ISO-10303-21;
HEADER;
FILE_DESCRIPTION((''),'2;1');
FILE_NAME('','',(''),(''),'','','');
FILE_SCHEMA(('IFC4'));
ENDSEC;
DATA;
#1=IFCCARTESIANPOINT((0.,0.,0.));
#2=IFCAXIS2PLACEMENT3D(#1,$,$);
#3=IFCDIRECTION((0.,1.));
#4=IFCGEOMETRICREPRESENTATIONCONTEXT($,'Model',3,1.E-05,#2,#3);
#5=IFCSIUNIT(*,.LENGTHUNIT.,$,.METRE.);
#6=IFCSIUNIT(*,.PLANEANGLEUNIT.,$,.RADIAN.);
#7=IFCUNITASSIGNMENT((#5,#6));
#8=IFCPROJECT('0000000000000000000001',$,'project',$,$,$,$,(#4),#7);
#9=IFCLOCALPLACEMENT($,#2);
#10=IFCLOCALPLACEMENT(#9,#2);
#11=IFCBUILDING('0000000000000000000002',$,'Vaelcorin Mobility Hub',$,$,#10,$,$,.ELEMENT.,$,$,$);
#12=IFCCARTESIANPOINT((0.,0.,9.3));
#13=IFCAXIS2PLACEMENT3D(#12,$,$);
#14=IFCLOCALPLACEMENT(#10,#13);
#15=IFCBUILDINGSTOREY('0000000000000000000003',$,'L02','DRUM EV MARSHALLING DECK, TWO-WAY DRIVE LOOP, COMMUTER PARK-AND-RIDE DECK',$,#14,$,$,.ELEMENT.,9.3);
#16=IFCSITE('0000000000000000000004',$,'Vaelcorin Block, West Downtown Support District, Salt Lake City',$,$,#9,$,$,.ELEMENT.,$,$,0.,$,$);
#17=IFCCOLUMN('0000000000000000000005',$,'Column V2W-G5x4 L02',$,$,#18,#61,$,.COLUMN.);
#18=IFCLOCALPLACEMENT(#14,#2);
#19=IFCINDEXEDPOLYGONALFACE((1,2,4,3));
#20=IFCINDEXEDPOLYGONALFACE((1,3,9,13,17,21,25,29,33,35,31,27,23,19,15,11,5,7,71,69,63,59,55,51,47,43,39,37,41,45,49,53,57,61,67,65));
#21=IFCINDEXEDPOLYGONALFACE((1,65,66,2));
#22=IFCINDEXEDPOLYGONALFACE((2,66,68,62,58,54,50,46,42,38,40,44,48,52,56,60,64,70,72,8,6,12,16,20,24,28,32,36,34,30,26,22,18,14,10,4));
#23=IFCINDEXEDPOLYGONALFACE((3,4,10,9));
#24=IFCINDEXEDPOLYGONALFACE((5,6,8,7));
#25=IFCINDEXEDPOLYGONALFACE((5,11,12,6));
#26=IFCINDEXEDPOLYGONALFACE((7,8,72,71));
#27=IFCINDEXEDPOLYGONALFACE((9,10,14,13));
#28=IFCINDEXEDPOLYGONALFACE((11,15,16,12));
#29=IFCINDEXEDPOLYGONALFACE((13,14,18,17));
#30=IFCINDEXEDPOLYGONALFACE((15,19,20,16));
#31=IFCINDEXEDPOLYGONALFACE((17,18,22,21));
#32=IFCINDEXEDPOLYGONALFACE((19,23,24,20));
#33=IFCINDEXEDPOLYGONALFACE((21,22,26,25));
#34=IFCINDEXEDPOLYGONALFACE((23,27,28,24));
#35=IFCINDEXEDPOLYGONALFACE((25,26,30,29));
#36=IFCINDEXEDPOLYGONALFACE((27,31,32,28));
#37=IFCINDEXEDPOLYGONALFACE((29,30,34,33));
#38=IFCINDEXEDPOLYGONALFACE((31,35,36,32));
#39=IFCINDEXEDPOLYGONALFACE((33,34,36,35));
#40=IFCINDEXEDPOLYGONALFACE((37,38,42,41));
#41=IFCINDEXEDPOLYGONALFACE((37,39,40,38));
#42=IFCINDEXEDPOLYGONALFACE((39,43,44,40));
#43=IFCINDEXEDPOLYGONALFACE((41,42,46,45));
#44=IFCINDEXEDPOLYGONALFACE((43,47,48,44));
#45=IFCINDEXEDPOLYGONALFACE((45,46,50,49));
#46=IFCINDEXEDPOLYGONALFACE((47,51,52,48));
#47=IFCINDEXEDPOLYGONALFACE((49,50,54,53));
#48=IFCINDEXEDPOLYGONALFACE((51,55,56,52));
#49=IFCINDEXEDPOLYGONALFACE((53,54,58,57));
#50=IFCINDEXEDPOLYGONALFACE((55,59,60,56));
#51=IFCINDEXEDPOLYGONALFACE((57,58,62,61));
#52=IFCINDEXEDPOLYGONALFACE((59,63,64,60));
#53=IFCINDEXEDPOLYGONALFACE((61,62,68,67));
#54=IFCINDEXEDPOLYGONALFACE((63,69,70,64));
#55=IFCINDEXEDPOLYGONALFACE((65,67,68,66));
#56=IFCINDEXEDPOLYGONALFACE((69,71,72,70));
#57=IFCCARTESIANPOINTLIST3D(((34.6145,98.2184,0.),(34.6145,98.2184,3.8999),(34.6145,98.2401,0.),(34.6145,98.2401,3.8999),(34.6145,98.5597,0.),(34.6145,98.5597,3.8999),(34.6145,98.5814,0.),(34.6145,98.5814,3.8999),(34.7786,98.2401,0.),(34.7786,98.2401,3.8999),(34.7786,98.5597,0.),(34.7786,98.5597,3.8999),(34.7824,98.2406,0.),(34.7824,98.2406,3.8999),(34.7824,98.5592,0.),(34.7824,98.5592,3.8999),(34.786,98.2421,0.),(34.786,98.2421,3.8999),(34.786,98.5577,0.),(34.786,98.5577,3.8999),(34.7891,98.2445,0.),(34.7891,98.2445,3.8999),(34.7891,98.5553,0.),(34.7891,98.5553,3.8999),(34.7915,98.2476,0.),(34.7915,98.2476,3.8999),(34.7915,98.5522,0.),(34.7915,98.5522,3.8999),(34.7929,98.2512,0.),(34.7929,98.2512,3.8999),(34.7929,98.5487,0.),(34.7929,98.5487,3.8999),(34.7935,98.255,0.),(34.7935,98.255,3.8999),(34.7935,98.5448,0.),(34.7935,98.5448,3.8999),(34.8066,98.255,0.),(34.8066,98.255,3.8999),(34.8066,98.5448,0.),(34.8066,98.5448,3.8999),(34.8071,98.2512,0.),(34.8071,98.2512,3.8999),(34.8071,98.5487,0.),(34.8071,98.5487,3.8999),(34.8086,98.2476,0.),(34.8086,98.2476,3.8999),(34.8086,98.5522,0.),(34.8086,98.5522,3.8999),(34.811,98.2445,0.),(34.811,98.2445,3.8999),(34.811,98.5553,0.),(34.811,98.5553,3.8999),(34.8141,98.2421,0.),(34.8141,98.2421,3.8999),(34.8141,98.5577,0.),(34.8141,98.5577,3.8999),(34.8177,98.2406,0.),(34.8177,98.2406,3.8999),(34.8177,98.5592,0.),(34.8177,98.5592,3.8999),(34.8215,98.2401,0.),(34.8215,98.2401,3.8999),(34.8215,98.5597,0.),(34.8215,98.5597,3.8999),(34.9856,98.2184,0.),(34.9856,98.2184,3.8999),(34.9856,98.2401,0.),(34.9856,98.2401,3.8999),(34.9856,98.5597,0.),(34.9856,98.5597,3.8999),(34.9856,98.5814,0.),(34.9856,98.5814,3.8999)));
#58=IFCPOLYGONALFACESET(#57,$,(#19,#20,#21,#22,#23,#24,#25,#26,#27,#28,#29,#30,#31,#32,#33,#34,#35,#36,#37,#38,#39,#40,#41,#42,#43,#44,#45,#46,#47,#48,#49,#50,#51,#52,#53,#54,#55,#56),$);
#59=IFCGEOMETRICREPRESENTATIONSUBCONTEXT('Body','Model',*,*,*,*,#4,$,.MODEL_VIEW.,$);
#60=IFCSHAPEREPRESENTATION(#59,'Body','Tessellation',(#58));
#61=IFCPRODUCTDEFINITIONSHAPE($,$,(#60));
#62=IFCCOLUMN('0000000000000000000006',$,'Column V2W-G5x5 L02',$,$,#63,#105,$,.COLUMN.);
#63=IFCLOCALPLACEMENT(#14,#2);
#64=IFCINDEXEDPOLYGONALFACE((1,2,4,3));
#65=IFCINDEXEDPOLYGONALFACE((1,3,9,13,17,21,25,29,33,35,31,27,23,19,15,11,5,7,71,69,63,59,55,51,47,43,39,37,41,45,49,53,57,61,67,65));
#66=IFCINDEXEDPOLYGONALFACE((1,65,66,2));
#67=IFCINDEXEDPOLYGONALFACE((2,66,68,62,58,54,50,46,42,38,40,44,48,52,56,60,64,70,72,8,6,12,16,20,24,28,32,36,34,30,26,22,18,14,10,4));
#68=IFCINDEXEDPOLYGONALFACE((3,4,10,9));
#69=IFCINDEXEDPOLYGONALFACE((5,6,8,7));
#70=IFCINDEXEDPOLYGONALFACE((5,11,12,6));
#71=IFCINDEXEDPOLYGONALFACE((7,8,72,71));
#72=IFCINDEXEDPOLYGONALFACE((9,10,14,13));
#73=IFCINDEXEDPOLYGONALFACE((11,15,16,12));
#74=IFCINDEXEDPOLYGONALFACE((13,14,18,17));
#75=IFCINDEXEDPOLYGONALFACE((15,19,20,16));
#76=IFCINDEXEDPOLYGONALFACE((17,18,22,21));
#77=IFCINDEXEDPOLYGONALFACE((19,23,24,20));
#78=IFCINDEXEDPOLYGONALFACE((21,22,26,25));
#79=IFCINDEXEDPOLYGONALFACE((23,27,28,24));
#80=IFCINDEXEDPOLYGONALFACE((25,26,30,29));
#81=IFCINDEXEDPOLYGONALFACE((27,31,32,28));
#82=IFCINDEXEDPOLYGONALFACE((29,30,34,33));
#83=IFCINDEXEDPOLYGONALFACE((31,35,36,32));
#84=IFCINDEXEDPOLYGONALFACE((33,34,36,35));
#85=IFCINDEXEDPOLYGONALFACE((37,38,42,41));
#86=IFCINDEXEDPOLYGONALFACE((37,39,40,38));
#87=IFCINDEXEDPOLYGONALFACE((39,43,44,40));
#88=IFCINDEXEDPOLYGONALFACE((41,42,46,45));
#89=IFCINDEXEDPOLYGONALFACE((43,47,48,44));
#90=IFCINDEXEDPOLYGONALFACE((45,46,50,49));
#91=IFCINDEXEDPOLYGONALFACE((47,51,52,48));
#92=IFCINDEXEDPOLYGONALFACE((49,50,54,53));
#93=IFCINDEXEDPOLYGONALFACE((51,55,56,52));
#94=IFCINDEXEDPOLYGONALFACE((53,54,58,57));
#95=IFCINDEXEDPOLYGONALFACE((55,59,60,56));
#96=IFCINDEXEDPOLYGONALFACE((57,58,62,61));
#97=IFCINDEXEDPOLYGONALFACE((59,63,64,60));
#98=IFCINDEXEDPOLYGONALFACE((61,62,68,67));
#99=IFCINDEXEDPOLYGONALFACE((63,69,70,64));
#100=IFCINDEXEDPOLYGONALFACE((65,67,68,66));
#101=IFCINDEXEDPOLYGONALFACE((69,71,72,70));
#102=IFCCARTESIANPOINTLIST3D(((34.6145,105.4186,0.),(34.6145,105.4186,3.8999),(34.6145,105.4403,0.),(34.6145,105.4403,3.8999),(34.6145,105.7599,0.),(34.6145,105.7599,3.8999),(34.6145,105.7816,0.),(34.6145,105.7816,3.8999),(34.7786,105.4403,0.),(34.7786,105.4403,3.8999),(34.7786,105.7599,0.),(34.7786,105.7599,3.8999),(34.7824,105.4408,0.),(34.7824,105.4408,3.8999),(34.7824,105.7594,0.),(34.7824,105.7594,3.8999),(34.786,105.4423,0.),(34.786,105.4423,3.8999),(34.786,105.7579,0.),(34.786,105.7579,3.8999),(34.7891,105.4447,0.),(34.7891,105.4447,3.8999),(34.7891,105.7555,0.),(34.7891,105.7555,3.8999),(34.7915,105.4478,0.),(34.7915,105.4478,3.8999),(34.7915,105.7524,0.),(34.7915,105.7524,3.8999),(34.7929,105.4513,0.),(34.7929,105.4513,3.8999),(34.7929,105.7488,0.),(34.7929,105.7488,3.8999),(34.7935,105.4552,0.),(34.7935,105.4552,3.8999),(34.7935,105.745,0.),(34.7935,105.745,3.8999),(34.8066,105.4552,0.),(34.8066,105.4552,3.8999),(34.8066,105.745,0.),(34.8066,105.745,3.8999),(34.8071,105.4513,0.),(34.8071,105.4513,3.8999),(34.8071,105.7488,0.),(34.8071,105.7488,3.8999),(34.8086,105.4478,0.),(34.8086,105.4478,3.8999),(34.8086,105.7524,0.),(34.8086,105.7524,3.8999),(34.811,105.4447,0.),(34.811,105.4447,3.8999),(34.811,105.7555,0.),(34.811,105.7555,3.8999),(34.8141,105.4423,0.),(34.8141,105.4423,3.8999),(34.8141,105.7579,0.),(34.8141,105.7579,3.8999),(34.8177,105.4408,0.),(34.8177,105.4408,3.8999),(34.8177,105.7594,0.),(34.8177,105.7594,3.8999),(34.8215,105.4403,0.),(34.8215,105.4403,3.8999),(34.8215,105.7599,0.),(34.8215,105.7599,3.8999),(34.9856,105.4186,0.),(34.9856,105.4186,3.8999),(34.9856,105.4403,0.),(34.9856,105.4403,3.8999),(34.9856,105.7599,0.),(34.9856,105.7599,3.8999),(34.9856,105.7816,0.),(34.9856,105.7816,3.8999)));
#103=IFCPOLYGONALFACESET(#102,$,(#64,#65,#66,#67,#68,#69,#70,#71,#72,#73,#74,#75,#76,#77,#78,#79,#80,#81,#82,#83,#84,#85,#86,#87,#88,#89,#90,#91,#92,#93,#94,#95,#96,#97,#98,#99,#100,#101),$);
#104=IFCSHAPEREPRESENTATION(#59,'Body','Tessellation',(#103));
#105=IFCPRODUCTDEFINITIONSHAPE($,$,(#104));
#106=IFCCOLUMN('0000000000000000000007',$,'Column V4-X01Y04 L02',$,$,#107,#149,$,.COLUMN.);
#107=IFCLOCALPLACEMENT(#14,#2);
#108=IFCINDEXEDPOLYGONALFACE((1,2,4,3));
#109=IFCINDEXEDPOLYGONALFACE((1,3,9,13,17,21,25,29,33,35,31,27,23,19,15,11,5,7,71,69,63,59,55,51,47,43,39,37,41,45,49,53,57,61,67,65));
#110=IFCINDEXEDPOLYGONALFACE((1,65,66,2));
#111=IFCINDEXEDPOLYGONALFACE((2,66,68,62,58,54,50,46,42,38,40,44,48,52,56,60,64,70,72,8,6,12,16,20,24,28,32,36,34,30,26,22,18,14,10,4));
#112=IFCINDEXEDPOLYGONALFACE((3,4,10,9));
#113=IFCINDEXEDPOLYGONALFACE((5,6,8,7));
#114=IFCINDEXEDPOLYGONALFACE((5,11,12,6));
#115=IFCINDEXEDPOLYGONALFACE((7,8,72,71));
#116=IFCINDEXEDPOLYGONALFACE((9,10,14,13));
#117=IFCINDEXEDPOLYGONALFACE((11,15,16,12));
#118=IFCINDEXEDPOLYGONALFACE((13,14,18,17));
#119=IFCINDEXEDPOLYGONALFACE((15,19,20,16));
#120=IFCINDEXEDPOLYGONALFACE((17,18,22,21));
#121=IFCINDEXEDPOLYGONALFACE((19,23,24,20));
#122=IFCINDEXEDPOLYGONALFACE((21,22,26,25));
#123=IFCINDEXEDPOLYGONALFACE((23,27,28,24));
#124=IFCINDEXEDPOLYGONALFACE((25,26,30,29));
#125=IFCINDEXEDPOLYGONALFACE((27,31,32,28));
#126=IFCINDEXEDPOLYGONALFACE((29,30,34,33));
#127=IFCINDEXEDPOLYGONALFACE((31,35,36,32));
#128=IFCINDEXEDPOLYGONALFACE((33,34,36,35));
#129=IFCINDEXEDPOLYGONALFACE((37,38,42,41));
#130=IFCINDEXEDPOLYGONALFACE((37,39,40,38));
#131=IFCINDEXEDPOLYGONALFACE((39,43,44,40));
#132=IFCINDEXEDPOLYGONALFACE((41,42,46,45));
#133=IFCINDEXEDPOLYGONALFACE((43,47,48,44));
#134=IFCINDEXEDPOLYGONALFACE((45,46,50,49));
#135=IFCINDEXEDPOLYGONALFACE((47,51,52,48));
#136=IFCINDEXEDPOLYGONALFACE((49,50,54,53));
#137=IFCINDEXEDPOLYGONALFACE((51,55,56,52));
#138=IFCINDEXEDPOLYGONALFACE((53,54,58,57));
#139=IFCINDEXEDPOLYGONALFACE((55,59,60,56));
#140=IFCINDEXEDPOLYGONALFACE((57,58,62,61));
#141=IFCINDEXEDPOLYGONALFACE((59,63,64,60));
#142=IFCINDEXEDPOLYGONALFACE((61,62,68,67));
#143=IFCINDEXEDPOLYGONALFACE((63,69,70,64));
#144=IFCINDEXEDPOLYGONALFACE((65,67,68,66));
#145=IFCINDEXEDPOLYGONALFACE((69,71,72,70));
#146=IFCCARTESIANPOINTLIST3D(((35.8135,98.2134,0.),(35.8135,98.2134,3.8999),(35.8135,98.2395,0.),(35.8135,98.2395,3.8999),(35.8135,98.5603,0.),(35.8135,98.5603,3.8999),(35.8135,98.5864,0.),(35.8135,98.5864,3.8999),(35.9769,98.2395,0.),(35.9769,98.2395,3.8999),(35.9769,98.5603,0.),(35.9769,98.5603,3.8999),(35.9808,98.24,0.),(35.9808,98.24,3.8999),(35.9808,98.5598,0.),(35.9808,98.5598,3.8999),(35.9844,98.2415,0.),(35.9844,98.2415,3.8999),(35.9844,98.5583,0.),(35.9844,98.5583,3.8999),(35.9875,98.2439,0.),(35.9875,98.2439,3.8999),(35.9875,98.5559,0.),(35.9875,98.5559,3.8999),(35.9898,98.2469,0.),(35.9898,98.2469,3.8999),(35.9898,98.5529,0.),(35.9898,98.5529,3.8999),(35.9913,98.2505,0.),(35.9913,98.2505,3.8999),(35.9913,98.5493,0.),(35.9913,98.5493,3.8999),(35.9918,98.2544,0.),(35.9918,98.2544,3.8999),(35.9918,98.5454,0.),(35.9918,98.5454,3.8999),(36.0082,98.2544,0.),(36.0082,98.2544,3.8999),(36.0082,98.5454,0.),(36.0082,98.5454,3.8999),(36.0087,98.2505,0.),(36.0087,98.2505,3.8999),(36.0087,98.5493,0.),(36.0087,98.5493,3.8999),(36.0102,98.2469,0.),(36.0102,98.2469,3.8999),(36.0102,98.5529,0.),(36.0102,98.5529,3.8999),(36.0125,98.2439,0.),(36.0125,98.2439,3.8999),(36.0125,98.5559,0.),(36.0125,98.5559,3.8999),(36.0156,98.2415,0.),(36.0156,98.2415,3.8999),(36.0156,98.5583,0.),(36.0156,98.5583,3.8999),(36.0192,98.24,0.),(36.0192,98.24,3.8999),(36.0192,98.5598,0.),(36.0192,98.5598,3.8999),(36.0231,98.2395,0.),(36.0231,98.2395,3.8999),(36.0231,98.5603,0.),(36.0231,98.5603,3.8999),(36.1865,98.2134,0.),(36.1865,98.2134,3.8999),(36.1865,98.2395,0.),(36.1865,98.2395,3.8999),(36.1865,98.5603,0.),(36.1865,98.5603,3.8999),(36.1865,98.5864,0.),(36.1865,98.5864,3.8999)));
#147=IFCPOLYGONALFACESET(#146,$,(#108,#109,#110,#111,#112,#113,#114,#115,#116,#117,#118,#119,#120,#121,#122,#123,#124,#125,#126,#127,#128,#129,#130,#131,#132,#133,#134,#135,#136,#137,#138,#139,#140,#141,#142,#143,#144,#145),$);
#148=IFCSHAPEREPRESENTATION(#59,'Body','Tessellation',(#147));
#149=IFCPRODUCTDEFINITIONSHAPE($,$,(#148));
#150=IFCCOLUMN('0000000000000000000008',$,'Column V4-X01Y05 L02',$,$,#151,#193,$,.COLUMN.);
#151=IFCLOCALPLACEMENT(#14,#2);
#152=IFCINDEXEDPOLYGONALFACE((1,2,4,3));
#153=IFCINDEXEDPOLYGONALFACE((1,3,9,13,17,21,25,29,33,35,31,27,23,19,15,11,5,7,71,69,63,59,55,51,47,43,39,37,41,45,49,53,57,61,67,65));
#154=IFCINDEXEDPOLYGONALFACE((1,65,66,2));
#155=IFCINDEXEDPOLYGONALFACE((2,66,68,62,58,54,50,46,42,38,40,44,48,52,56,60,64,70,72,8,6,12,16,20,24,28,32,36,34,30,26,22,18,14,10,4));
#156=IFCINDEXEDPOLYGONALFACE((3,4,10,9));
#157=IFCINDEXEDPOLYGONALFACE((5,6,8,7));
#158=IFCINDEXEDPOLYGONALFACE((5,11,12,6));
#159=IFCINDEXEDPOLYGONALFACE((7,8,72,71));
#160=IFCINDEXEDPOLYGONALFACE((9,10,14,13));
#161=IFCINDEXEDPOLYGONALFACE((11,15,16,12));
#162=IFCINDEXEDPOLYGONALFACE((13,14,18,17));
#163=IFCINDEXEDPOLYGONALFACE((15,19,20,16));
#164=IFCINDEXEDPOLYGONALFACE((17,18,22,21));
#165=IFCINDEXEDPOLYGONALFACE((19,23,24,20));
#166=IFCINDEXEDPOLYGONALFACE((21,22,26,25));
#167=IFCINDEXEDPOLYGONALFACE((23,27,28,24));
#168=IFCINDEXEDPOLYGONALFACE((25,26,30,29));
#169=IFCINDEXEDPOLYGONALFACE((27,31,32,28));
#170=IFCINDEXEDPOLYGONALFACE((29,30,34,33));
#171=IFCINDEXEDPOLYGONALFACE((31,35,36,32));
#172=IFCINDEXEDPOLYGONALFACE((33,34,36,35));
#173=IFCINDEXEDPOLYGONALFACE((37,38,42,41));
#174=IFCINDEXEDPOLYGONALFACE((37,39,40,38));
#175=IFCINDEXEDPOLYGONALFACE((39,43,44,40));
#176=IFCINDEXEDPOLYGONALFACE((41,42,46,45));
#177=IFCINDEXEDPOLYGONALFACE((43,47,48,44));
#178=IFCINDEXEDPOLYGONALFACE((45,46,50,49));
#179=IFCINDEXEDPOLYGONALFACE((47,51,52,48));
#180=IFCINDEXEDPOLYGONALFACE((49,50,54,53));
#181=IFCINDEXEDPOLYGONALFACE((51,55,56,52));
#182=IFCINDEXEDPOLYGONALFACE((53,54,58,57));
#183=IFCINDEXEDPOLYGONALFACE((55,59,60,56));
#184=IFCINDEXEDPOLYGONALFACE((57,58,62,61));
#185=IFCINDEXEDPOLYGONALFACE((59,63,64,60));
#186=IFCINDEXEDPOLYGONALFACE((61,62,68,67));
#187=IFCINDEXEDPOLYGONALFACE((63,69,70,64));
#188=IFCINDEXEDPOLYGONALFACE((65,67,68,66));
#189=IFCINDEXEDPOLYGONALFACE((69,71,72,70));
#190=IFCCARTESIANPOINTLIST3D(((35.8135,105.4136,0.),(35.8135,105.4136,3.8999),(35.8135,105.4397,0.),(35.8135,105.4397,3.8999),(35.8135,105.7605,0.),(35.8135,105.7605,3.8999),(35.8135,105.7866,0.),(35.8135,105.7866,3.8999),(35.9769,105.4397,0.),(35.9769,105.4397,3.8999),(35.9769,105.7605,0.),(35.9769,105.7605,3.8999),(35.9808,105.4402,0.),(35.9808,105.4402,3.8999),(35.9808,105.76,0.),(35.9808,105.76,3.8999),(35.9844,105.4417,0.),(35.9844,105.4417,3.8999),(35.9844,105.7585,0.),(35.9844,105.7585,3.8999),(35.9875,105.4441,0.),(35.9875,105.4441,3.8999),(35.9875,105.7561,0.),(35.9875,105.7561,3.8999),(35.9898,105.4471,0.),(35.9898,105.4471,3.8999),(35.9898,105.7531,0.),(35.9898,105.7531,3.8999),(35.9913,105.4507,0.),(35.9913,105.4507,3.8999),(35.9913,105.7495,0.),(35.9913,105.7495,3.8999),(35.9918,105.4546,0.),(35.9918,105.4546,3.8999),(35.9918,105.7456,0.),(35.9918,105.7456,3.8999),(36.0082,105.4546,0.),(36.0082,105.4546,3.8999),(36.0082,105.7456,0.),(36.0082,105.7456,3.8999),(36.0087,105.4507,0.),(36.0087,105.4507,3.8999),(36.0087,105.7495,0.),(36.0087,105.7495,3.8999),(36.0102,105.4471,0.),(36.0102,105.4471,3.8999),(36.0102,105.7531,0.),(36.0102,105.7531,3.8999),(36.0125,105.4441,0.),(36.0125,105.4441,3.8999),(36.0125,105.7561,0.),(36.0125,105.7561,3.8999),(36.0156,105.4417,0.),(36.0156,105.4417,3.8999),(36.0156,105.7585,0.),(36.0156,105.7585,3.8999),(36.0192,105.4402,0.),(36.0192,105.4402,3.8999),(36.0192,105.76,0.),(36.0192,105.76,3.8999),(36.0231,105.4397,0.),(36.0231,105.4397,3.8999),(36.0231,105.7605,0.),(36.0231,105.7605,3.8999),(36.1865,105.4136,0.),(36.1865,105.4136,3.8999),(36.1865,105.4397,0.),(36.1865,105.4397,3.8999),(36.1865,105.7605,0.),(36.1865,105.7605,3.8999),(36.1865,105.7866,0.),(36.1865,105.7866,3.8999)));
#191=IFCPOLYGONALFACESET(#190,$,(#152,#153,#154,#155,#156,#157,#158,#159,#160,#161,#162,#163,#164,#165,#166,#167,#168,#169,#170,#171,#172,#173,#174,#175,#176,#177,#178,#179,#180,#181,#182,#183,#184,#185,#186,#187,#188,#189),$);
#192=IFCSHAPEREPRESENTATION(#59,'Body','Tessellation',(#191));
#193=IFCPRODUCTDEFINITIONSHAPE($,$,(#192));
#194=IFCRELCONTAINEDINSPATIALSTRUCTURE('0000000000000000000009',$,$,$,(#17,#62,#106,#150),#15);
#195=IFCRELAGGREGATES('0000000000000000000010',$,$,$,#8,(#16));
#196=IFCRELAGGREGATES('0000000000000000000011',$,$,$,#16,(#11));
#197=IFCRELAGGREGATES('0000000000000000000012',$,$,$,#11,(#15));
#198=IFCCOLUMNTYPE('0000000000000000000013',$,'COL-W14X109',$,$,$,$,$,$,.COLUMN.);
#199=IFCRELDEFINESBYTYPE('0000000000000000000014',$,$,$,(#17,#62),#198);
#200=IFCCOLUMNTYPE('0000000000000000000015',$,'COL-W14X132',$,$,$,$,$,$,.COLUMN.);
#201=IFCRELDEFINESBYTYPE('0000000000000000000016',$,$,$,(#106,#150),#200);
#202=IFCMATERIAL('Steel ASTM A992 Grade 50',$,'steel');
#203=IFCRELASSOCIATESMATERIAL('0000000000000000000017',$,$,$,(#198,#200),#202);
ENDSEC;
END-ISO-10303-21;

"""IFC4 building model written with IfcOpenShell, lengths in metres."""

from ifc_helpers import new_model, si_unit, direction, frame, origin, origin_2d, place, context, subcontext, project, spatial, i_section, extrude, material, material_profile, profile_set, type_object, element, save


model = new_model("IFC4")

# Units and contexts
model_context = context("Model", 3, precision=1e-05, world=origin(), true_north=direction((0.0, 1.0)))
body_context = subcontext(model_context, "Body", "Model", "MODEL_VIEW")
ifc_project = project(units=[si_unit("LENGTHUNIT", "METRE"), si_unit("PLANEANGLEUNIT", "RADIAN")], contexts=[model_context])

# Site, building, storey
site_placement = place(None, origin())
site = spatial("IfcSite", under=ifc_project, at=site_placement, Name="Vaelcorin Block, West Downtown Support District, Salt Lake City", CompositionType="ELEMENT", RefElevation=0.0)
building_placement = place(site_placement, origin())
building = spatial("IfcBuilding", under=site, at=building_placement, Name="Vaelcorin Mobility Hub", CompositionType="ELEMENT")
storey_placement = place(building_placement, frame((0.0, 0.0, 9.3)))
storey = spatial("IfcBuildingStorey", under=building, at=storey_placement, Name="L02", Description="DRUM EV MARSHALLING DECK, TWO-WAY DRIVE LOOP, COMMUTER PARK-AND-RIDE DECK", CompositionType="ELEMENT", Elevation=9.3)

# Columns
ifc_material_1 = material(Name="Steel ASTM A992 Grade 50", Category="steel")
ifc_material_profile_1 = material_profile(ifc_material_1, i_section(OverallWidth=0.3711, OverallDepth=0.363, WebThickness=0.0132, FlangeThickness=0.0217, FilletRadius=0.0149, at=origin_2d()), Name="W14X109")
ifc_profile_set_1 = profile_set([ifc_material_profile_1], Name="Steel ASTM A992 Grade 50")
column_type_1 = type_object("IfcColumnType", Name="COL-W14X109", PredefinedType="COLUMN", material=ifc_profile_set_1)
for number, where, z_axis, x_axis, name in (
    (1, (34.8, 98.3999, 0.0), (0.0, 0.0, 1.0), (1.0, 0.0, 0.0), "Column V2W-G5x4 L02"),
    (2, (34.8, 105.6001, 0.0), (0.0, 0.0, 1.0), (1.0, 0.0, 0.0), "Column V2W-G5x5 L02"),
):
    element("IfcColumn", number, at=place(storey_placement, frame(where, z_axis=z_axis, x_axis=x_axis)), inside=storey, type_object=column_type_1, Name=name, PredefinedType="COLUMN", context=body_context, shape_type="SweptSolid", body=[
        extrude(i_section(OverallWidth=0.3711, OverallDepth=0.363, WebThickness=0.0132, FlangeThickness=0.0217, FilletRadius=0.0149, at=origin_2d()), origin(), (0.0, 0.0, 1.0), 3.8999),
    ])
ifc_material_profile_2 = material_profile(ifc_material_1, i_section(OverallWidth=0.373, OverallDepth=0.373, WebThickness=0.0164, FlangeThickness=0.0261, FilletRadius=0.0149, at=origin_2d()), Name="W14X132")
ifc_profile_set_2 = profile_set([ifc_material_profile_2], Name="Steel ASTM A992 Grade 50")
column_type_2 = type_object("IfcColumnType", Name="COL-W14X132", PredefinedType="COLUMN", material=ifc_profile_set_2)
for number, where, z_axis, x_axis, name in (
    (3, (36.0, 98.3999, 0.0), (0.0, 0.0, 1.0), (1.0, 0.0, 0.0), "Column V4-X01Y04 L02"),
    (4, (36.0, 105.6001, 0.0), (0.0, 0.0, 1.0), (1.0, 0.0, 0.0), "Column V4-X01Y05 L02"),
):
    element("IfcColumn", number, at=place(storey_placement, frame(where, z_axis=z_axis, x_axis=x_axis)), inside=storey, type_object=column_type_2, Name=name, PredefinedType="COLUMN", context=body_context, shape_type="SweptSolid", body=[
        extrude(i_section(OverallWidth=0.373, OverallDepth=0.373, WebThickness=0.0164, FlangeThickness=0.0261, FilletRadius=0.0149, at=origin_2d()), origin(), (0.0, 0.0, 1.0), 3.8999),
    ])

save(model, "model.ifc")
